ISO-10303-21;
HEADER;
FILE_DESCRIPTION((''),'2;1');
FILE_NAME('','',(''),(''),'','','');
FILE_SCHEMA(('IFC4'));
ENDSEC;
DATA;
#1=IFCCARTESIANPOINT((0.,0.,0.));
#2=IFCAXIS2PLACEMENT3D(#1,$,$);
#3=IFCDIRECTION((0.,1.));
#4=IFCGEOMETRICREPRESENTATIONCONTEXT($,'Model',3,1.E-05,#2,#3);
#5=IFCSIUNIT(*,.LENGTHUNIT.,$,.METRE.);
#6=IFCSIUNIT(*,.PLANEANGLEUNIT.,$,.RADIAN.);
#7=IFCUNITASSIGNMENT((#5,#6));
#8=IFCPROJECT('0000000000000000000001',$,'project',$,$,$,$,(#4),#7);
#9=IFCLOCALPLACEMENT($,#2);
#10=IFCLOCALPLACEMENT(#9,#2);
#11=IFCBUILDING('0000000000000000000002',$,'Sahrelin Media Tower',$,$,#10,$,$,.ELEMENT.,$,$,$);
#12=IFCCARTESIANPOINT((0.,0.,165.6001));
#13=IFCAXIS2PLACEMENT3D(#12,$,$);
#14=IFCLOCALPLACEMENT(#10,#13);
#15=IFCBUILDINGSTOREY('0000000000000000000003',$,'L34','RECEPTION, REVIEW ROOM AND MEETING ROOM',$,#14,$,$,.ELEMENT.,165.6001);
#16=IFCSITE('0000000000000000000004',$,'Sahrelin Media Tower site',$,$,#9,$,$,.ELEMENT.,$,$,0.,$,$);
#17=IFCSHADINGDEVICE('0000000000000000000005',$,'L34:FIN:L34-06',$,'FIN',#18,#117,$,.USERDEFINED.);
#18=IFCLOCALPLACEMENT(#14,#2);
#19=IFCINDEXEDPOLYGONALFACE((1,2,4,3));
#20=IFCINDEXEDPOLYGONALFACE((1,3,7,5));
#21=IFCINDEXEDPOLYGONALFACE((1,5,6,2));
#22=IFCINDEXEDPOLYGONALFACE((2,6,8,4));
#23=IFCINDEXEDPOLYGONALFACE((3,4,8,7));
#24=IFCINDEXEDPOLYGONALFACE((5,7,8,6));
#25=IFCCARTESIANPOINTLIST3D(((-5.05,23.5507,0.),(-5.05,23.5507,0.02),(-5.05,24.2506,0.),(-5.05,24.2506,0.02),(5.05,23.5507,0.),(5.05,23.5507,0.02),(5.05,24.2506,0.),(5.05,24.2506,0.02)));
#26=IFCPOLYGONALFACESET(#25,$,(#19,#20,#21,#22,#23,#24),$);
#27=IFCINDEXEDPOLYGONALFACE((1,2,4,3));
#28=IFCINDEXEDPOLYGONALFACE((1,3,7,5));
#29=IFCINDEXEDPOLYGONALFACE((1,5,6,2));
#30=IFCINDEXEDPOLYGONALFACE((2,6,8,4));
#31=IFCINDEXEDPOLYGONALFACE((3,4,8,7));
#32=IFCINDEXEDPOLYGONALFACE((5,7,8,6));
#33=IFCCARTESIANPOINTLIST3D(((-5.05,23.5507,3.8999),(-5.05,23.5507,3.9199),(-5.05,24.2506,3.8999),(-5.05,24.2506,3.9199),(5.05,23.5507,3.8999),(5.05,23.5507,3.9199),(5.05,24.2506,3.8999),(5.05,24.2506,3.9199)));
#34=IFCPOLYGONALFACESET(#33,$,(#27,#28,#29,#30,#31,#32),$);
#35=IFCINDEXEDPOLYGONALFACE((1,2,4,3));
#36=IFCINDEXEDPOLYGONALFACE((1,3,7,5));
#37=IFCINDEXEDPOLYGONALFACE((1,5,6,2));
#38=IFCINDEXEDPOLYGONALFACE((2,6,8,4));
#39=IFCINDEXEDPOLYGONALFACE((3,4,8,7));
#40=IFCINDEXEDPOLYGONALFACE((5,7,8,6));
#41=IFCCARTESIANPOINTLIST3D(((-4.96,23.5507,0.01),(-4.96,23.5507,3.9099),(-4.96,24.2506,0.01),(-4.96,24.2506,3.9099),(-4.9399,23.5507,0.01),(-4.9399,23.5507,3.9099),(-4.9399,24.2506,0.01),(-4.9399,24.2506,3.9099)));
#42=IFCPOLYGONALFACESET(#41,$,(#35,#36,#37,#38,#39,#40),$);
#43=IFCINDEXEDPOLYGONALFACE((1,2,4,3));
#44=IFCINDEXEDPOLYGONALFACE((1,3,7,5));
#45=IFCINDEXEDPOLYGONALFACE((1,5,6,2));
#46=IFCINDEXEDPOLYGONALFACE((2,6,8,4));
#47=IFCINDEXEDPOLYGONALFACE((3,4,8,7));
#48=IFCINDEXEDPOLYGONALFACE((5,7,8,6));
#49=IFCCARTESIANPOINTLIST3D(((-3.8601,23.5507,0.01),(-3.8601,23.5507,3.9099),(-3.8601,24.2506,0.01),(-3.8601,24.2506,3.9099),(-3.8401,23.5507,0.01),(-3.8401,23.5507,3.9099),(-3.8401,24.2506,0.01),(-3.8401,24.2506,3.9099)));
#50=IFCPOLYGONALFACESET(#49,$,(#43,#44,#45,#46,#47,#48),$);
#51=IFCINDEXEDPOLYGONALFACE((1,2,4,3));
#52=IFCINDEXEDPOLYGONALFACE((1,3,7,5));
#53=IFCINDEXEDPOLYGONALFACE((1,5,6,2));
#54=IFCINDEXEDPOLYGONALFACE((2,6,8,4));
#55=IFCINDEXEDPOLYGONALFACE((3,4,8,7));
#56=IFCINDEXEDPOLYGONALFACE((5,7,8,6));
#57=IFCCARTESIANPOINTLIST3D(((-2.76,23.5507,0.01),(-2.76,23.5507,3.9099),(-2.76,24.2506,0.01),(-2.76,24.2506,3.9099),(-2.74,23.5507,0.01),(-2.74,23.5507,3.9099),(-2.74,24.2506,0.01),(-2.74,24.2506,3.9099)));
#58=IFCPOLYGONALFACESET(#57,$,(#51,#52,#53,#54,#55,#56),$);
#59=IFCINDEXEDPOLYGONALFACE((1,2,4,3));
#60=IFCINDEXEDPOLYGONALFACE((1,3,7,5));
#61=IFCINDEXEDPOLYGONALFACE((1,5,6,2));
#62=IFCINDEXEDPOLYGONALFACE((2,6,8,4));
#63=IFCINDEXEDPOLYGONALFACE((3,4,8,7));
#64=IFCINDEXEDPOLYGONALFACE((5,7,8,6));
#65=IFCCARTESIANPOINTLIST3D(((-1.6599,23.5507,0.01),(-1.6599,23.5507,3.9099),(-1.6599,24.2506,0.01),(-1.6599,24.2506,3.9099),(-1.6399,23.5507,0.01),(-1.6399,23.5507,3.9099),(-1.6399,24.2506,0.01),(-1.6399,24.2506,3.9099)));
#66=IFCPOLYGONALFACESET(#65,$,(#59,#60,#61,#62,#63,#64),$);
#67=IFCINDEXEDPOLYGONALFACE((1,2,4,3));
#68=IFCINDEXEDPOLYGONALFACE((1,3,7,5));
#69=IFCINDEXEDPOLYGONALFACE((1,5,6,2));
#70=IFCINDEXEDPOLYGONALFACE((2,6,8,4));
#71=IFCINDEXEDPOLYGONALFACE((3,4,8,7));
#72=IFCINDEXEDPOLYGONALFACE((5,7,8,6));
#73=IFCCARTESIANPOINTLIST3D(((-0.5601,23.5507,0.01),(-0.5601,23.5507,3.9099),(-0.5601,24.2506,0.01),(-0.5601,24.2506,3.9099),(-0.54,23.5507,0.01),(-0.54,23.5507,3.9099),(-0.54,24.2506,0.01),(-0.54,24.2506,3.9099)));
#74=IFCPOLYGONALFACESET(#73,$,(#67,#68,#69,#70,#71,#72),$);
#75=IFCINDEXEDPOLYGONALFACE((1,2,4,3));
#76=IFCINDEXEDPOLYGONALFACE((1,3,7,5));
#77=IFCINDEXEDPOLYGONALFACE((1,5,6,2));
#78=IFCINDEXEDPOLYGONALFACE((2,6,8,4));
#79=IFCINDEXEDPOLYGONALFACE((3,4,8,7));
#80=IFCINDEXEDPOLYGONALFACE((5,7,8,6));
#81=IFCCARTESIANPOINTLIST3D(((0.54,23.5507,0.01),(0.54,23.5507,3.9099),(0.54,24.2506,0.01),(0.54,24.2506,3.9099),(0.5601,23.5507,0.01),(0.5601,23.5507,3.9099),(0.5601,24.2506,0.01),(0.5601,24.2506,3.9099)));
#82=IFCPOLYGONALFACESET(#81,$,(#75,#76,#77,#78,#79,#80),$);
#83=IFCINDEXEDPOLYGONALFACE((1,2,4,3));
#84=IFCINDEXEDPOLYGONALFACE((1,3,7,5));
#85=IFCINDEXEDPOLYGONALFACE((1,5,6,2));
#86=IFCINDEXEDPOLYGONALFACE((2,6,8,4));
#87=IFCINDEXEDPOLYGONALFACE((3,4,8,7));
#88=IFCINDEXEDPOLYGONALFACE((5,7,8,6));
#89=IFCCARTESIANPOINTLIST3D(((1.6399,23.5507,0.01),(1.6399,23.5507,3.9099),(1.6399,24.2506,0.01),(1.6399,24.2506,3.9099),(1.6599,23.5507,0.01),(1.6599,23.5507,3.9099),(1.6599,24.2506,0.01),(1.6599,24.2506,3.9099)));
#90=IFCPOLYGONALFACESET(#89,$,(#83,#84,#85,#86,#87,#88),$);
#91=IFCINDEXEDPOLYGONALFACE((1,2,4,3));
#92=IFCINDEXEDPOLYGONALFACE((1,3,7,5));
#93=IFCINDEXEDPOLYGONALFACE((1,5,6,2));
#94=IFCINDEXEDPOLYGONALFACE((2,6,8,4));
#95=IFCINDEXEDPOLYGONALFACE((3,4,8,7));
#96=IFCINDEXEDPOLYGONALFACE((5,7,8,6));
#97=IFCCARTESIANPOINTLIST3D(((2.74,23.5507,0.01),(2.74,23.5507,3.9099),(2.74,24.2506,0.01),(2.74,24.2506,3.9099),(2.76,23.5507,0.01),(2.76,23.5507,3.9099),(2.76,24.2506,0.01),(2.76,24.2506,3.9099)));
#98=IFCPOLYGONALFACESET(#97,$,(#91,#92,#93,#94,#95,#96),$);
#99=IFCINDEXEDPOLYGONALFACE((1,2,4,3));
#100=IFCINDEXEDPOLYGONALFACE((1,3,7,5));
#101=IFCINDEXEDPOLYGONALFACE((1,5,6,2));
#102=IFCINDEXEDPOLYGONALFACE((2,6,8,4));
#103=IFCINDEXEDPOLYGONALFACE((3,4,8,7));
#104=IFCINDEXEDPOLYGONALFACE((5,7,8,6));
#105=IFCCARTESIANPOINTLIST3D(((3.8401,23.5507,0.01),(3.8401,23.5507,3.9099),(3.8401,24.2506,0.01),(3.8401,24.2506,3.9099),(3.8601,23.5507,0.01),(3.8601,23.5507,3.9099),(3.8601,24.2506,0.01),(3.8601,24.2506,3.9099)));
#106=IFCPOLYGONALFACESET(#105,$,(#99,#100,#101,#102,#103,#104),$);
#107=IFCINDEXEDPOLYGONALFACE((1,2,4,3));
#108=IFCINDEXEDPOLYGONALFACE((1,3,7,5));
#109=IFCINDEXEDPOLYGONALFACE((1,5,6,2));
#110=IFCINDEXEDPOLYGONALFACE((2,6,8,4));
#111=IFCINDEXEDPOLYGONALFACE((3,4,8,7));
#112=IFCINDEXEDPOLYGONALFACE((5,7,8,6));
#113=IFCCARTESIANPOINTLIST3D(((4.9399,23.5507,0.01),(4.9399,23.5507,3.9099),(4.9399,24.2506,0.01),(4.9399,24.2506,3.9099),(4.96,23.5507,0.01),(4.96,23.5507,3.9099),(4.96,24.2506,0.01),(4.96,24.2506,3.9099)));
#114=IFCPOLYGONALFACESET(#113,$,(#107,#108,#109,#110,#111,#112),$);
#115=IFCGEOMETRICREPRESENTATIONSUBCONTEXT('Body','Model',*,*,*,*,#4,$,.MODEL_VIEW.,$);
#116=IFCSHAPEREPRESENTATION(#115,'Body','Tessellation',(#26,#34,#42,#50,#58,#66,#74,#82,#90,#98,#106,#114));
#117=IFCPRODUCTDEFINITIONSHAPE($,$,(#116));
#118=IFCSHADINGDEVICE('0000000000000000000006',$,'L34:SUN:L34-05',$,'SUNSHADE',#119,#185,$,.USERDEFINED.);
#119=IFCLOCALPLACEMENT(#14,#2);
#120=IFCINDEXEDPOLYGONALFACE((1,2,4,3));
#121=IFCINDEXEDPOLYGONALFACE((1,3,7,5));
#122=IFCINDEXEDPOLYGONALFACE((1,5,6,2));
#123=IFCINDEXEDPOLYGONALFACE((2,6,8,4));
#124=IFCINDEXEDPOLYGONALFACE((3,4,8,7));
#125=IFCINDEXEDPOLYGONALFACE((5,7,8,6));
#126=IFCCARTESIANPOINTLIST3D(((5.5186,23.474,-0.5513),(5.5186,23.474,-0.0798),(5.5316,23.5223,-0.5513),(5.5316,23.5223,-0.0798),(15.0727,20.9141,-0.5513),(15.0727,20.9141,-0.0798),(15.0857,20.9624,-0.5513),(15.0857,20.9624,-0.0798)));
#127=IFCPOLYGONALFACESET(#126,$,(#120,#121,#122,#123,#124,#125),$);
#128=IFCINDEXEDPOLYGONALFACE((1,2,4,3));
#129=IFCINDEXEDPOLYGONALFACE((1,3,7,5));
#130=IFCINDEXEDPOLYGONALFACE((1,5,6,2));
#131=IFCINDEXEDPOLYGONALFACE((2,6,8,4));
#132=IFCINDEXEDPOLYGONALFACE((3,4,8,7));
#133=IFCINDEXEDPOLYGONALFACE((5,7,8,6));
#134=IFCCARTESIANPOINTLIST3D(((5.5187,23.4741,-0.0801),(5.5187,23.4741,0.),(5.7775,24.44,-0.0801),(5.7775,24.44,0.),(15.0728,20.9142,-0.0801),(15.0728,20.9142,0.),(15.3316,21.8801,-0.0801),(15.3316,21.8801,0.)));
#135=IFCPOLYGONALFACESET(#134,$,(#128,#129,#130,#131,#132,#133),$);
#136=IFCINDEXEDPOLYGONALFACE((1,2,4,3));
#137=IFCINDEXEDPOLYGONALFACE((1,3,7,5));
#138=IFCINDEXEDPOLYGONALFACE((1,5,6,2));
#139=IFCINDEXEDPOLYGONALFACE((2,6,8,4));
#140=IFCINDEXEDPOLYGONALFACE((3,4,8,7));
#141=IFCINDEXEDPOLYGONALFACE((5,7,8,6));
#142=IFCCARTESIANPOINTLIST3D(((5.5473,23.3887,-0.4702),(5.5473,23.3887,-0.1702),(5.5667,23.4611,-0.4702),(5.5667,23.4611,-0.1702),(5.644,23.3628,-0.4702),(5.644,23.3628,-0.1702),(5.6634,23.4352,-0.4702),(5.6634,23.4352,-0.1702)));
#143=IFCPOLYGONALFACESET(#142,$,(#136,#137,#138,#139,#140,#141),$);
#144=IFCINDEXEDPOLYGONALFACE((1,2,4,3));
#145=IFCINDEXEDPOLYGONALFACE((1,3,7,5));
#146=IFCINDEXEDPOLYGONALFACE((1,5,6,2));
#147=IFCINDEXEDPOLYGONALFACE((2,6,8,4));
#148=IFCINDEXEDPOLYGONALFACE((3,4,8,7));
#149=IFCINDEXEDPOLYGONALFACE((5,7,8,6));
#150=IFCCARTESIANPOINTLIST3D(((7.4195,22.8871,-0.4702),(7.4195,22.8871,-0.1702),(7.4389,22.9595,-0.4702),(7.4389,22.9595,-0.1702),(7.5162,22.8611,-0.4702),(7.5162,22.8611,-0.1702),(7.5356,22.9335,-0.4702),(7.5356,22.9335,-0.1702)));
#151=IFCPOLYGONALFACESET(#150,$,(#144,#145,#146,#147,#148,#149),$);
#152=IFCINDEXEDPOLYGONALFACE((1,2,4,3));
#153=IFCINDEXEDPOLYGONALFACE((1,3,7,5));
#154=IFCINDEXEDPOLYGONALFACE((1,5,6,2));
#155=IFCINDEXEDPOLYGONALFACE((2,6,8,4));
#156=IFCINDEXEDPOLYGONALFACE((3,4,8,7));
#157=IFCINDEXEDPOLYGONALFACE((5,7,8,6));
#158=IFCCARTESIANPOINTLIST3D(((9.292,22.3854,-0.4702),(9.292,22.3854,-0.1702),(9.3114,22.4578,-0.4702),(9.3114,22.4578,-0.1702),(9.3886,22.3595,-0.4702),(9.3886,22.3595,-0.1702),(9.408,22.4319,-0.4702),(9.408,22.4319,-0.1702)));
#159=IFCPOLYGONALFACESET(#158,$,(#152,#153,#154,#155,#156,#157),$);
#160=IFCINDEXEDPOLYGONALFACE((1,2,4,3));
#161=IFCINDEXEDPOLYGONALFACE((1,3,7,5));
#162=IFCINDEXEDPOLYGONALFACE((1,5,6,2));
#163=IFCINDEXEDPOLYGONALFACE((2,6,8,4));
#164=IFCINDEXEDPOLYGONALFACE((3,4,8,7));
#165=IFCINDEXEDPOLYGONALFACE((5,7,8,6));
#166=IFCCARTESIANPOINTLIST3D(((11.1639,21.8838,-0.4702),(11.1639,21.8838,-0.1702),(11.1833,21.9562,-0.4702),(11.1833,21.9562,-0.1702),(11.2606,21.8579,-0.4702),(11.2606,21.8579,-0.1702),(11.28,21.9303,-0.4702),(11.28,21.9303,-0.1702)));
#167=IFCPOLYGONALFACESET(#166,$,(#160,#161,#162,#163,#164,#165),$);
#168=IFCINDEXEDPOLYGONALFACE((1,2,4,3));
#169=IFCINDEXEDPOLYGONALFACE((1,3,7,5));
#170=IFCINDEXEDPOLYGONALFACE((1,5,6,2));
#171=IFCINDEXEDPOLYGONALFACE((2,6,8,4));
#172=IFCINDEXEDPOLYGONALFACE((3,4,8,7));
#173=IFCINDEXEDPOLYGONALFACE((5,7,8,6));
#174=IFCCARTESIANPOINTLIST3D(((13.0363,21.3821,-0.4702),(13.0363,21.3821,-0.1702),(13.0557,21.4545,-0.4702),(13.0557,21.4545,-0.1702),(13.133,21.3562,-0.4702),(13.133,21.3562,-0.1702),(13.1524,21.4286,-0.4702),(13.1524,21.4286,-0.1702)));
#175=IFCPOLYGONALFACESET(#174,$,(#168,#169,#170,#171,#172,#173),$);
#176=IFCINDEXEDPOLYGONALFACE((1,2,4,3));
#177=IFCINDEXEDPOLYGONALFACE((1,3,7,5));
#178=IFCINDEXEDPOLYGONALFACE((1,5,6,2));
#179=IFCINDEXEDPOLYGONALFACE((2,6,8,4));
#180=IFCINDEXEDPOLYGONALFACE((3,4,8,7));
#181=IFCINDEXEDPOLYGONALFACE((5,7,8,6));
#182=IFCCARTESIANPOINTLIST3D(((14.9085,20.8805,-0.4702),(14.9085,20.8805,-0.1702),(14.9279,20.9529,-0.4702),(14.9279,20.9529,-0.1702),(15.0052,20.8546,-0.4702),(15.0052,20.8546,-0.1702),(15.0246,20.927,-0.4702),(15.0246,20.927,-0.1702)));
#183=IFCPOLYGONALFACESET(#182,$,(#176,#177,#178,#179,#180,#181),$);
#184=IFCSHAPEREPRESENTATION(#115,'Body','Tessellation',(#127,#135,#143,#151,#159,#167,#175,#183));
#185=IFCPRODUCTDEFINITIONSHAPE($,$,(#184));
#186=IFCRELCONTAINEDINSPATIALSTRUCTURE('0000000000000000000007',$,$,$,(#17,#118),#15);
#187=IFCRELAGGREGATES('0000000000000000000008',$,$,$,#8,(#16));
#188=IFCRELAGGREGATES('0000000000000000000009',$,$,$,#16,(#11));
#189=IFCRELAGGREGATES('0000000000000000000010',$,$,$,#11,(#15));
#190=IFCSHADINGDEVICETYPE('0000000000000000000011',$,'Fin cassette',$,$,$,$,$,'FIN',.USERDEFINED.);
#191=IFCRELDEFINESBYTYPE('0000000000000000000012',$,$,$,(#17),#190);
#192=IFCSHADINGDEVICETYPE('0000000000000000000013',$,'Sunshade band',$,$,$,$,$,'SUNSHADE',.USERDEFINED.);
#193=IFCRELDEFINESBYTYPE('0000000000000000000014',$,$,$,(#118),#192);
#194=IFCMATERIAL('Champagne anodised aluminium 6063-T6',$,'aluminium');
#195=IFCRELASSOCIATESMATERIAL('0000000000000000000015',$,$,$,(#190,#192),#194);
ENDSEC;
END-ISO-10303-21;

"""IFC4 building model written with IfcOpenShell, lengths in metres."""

from ifc_helpers import new_model, si_unit, direction, frame, origin, origin_2d, place, context, subcontext, project, spatial, rectangle, extrude, material, type_object, element, save


model = new_model("IFC4")

# Units and contexts
model_context = context("Model", 3, precision=1e-05, world=origin(), true_north=direction((0.0, 1.0)))
body_context = subcontext(model_context, "Body", "Model", "MODEL_VIEW")
ifc_project = project(units=[si_unit("LENGTHUNIT", "METRE"), si_unit("PLANEANGLEUNIT", "RADIAN")], contexts=[model_context])

# Site, building, storey
site_placement = place(None, origin())
site = spatial("IfcSite", under=ifc_project, at=site_placement, Name="Sahrelin Media Tower site", CompositionType="ELEMENT", RefElevation=0.0)
building_placement = place(site_placement, origin())
building = spatial("IfcBuilding", under=site, at=building_placement, Name="Sahrelin Media Tower", CompositionType="ELEMENT")
storey_placement = place(building_placement, frame((0.0, 0.0, 165.6001)))
storey = spatial("IfcBuildingStorey", under=building, at=storey_placement, Name="L34", Description="RECEPTION, REVIEW ROOM AND MEETING ROOM", CompositionType="ELEMENT", Elevation=165.6001)

# Shared definitions
ifc_material_1 = material(Name="Champagne anodised aluminium 6063-T6", Category="aluminium")
placement_1 = place(storey_placement, frame((0.0, 23.4807, 0.0), z_axis=(0.0, 0.0, 1.0), x_axis=(1.0, 0.0, 0.0)))

# Shading devices
shading_device_type_1 = type_object("IfcShadingDeviceType", Name="Fin cassette", ElementType="FIN", PredefinedType="USERDEFINED", material=ifc_material_1)
placement_2 = place(storey_placement, frame((10.2905, 22.1748, 0.0), z_axis=(0.0, 0.0, 1.0), x_axis=(0.965929, -0.258808, 0.0)))
element("IfcShadingDevice", 1, at=placement_1, inside=storey, type_object=shading_device_type_1, Name="L34:FIN:L34-06", ObjectType="FIN", PredefinedType="USERDEFINED", context=body_context, shape_type="SweptSolid", body=[
    extrude(rectangle(XDim=10.1001, YDim=0.7, at=origin_2d()), frame((0.0, 0.4199, 0.0)), (0.0, 0.0, 1.0), 0.02),
    extrude(rectangle(XDim=10.1001, YDim=0.7, at=origin_2d()), frame((0.0, 0.4199, 3.8999)), (0.0, 0.0, 1.0), 0.02),
    extrude(rectangle(XDim=0.02, YDim=0.7, at=origin_2d()), frame((-4.95, 0.4199, 0.01), z_axis=(0.0, 0.0, 1.0), x_axis=(1.0, 0.0, 0.0)), (0.0, 0.0, 1.0), 3.8999),
    extrude(rectangle(XDim=0.02, YDim=0.7, at=origin_2d()), frame((-3.8501, 0.4199, 0.01), z_axis=(0.0, 0.0, 1.0), x_axis=(1.0, 0.0, 0.0)), (0.0, 0.0, 1.0), 3.8999),
    extrude(rectangle(XDim=0.02, YDim=0.7, at=origin_2d()), frame((-2.75, 0.4199, 0.01), z_axis=(0.0, 0.0, 1.0), x_axis=(1.0, 0.0, 0.0)), (0.0, 0.0, 1.0), 3.8999),
    extrude(rectangle(XDim=0.02, YDim=0.7, at=origin_2d()), frame((-1.6499, 0.4199, 0.01), z_axis=(0.0, 0.0, 1.0), x_axis=(1.0, 0.0, 0.0)), (0.0, 0.0, 1.0), 3.8999),
    extrude(rectangle(XDim=0.02, YDim=0.7, at=origin_2d()), frame((-0.55, 0.4199, 0.01), z_axis=(0.0, 0.0, 1.0), x_axis=(1.0, 0.0, 0.0)), (0.0, 0.0, 1.0), 3.8999),
    extrude(rectangle(XDim=0.02, YDim=0.7, at=origin_2d()), frame((0.55, 0.4199, 0.01), z_axis=(0.0, 0.0, 1.0), x_axis=(1.0, 0.0, 0.0)), (0.0, 0.0, 1.0), 3.8999),
    extrude(rectangle(XDim=0.02, YDim=0.7, at=origin_2d()), frame((1.6499, 0.4199, 0.01), z_axis=(0.0, 0.0, 1.0), x_axis=(1.0, 0.0, 0.0)), (0.0, 0.0, 1.0), 3.8999),
    extrude(rectangle(XDim=0.02, YDim=0.7, at=origin_2d()), frame((2.75, 0.4199, 0.01), z_axis=(0.0, 0.0, 1.0), x_axis=(1.0, 0.0, 0.0)), (0.0, 0.0, 1.0), 3.8999),
    extrude(rectangle(XDim=0.02, YDim=0.7, at=origin_2d()), frame((3.8501, 0.4199, 0.01), z_axis=(0.0, 0.0, 1.0), x_axis=(1.0, 0.0, 0.0)), (0.0, 0.0, 1.0), 3.8999),
    extrude(rectangle(XDim=0.02, YDim=0.7, at=origin_2d()), frame((4.95, 0.4199, 0.01), z_axis=(0.0, 0.0, 1.0), x_axis=(1.0, 0.0, 0.0)), (0.0, 0.0, 1.0), 3.8999),
])
shading_device_type_2 = type_object("IfcShadingDeviceType", Name="Sunshade band", ElementType="SUNSHADE", PredefinedType="USERDEFINED", material=ifc_material_1)
element("IfcShadingDevice", 2, at=placement_2, inside=storey, type_object=shading_device_type_2, Name="L34:SUN:L34-05", ObjectType="SUNSHADE", PredefinedType="USERDEFINED", context=body_context, shape_type="SweptSolid", body=[
    extrude(rectangle(XDim=9.8911, YDim=0.05, at=origin_2d()), frame((0.0, 0.0449, -0.5513)), (0.0, 0.0, 1.0), 0.4714),
    extrude(rectangle(XDim=9.8911, YDim=1.0, at=origin_2d()), frame((0.0, 0.52, -0.0801)), (0.0, 0.0, 1.0), 0.0801),
    extrude(rectangle(XDim=0.1001, YDim=0.075, at=origin_2d()), frame((-4.8457, -0.0176, -0.4702)), (0.0, 0.0, 1.0), 0.3),
    extrude(rectangle(XDim=0.1001, YDim=0.075, at=origin_2d()), frame((-2.9075, -0.0176, -0.4702)), (0.0, 0.0, 1.0), 0.3),
    extrude(rectangle(XDim=0.1001, YDim=0.075, at=origin_2d()), frame((-0.969, -0.0176, -0.4702)), (0.0, 0.0, 1.0), 0.3),
    extrude(rectangle(XDim=0.1001, YDim=0.075, at=origin_2d()), frame((0.969, -0.0176, -0.4702)), (0.0, 0.0, 1.0), 0.3),
    extrude(rectangle(XDim=0.1001, YDim=0.075, at=origin_2d()), frame((2.9075, -0.0176, -0.4702)), (0.0, 0.0, 1.0), 0.3),
    extrude(rectangle(XDim=0.1001, YDim=0.075, at=origin_2d()), frame((4.8457, -0.0176, -0.4702)), (0.0, 0.0, 1.0), 0.3),
])

save(model, "model.ifc")
